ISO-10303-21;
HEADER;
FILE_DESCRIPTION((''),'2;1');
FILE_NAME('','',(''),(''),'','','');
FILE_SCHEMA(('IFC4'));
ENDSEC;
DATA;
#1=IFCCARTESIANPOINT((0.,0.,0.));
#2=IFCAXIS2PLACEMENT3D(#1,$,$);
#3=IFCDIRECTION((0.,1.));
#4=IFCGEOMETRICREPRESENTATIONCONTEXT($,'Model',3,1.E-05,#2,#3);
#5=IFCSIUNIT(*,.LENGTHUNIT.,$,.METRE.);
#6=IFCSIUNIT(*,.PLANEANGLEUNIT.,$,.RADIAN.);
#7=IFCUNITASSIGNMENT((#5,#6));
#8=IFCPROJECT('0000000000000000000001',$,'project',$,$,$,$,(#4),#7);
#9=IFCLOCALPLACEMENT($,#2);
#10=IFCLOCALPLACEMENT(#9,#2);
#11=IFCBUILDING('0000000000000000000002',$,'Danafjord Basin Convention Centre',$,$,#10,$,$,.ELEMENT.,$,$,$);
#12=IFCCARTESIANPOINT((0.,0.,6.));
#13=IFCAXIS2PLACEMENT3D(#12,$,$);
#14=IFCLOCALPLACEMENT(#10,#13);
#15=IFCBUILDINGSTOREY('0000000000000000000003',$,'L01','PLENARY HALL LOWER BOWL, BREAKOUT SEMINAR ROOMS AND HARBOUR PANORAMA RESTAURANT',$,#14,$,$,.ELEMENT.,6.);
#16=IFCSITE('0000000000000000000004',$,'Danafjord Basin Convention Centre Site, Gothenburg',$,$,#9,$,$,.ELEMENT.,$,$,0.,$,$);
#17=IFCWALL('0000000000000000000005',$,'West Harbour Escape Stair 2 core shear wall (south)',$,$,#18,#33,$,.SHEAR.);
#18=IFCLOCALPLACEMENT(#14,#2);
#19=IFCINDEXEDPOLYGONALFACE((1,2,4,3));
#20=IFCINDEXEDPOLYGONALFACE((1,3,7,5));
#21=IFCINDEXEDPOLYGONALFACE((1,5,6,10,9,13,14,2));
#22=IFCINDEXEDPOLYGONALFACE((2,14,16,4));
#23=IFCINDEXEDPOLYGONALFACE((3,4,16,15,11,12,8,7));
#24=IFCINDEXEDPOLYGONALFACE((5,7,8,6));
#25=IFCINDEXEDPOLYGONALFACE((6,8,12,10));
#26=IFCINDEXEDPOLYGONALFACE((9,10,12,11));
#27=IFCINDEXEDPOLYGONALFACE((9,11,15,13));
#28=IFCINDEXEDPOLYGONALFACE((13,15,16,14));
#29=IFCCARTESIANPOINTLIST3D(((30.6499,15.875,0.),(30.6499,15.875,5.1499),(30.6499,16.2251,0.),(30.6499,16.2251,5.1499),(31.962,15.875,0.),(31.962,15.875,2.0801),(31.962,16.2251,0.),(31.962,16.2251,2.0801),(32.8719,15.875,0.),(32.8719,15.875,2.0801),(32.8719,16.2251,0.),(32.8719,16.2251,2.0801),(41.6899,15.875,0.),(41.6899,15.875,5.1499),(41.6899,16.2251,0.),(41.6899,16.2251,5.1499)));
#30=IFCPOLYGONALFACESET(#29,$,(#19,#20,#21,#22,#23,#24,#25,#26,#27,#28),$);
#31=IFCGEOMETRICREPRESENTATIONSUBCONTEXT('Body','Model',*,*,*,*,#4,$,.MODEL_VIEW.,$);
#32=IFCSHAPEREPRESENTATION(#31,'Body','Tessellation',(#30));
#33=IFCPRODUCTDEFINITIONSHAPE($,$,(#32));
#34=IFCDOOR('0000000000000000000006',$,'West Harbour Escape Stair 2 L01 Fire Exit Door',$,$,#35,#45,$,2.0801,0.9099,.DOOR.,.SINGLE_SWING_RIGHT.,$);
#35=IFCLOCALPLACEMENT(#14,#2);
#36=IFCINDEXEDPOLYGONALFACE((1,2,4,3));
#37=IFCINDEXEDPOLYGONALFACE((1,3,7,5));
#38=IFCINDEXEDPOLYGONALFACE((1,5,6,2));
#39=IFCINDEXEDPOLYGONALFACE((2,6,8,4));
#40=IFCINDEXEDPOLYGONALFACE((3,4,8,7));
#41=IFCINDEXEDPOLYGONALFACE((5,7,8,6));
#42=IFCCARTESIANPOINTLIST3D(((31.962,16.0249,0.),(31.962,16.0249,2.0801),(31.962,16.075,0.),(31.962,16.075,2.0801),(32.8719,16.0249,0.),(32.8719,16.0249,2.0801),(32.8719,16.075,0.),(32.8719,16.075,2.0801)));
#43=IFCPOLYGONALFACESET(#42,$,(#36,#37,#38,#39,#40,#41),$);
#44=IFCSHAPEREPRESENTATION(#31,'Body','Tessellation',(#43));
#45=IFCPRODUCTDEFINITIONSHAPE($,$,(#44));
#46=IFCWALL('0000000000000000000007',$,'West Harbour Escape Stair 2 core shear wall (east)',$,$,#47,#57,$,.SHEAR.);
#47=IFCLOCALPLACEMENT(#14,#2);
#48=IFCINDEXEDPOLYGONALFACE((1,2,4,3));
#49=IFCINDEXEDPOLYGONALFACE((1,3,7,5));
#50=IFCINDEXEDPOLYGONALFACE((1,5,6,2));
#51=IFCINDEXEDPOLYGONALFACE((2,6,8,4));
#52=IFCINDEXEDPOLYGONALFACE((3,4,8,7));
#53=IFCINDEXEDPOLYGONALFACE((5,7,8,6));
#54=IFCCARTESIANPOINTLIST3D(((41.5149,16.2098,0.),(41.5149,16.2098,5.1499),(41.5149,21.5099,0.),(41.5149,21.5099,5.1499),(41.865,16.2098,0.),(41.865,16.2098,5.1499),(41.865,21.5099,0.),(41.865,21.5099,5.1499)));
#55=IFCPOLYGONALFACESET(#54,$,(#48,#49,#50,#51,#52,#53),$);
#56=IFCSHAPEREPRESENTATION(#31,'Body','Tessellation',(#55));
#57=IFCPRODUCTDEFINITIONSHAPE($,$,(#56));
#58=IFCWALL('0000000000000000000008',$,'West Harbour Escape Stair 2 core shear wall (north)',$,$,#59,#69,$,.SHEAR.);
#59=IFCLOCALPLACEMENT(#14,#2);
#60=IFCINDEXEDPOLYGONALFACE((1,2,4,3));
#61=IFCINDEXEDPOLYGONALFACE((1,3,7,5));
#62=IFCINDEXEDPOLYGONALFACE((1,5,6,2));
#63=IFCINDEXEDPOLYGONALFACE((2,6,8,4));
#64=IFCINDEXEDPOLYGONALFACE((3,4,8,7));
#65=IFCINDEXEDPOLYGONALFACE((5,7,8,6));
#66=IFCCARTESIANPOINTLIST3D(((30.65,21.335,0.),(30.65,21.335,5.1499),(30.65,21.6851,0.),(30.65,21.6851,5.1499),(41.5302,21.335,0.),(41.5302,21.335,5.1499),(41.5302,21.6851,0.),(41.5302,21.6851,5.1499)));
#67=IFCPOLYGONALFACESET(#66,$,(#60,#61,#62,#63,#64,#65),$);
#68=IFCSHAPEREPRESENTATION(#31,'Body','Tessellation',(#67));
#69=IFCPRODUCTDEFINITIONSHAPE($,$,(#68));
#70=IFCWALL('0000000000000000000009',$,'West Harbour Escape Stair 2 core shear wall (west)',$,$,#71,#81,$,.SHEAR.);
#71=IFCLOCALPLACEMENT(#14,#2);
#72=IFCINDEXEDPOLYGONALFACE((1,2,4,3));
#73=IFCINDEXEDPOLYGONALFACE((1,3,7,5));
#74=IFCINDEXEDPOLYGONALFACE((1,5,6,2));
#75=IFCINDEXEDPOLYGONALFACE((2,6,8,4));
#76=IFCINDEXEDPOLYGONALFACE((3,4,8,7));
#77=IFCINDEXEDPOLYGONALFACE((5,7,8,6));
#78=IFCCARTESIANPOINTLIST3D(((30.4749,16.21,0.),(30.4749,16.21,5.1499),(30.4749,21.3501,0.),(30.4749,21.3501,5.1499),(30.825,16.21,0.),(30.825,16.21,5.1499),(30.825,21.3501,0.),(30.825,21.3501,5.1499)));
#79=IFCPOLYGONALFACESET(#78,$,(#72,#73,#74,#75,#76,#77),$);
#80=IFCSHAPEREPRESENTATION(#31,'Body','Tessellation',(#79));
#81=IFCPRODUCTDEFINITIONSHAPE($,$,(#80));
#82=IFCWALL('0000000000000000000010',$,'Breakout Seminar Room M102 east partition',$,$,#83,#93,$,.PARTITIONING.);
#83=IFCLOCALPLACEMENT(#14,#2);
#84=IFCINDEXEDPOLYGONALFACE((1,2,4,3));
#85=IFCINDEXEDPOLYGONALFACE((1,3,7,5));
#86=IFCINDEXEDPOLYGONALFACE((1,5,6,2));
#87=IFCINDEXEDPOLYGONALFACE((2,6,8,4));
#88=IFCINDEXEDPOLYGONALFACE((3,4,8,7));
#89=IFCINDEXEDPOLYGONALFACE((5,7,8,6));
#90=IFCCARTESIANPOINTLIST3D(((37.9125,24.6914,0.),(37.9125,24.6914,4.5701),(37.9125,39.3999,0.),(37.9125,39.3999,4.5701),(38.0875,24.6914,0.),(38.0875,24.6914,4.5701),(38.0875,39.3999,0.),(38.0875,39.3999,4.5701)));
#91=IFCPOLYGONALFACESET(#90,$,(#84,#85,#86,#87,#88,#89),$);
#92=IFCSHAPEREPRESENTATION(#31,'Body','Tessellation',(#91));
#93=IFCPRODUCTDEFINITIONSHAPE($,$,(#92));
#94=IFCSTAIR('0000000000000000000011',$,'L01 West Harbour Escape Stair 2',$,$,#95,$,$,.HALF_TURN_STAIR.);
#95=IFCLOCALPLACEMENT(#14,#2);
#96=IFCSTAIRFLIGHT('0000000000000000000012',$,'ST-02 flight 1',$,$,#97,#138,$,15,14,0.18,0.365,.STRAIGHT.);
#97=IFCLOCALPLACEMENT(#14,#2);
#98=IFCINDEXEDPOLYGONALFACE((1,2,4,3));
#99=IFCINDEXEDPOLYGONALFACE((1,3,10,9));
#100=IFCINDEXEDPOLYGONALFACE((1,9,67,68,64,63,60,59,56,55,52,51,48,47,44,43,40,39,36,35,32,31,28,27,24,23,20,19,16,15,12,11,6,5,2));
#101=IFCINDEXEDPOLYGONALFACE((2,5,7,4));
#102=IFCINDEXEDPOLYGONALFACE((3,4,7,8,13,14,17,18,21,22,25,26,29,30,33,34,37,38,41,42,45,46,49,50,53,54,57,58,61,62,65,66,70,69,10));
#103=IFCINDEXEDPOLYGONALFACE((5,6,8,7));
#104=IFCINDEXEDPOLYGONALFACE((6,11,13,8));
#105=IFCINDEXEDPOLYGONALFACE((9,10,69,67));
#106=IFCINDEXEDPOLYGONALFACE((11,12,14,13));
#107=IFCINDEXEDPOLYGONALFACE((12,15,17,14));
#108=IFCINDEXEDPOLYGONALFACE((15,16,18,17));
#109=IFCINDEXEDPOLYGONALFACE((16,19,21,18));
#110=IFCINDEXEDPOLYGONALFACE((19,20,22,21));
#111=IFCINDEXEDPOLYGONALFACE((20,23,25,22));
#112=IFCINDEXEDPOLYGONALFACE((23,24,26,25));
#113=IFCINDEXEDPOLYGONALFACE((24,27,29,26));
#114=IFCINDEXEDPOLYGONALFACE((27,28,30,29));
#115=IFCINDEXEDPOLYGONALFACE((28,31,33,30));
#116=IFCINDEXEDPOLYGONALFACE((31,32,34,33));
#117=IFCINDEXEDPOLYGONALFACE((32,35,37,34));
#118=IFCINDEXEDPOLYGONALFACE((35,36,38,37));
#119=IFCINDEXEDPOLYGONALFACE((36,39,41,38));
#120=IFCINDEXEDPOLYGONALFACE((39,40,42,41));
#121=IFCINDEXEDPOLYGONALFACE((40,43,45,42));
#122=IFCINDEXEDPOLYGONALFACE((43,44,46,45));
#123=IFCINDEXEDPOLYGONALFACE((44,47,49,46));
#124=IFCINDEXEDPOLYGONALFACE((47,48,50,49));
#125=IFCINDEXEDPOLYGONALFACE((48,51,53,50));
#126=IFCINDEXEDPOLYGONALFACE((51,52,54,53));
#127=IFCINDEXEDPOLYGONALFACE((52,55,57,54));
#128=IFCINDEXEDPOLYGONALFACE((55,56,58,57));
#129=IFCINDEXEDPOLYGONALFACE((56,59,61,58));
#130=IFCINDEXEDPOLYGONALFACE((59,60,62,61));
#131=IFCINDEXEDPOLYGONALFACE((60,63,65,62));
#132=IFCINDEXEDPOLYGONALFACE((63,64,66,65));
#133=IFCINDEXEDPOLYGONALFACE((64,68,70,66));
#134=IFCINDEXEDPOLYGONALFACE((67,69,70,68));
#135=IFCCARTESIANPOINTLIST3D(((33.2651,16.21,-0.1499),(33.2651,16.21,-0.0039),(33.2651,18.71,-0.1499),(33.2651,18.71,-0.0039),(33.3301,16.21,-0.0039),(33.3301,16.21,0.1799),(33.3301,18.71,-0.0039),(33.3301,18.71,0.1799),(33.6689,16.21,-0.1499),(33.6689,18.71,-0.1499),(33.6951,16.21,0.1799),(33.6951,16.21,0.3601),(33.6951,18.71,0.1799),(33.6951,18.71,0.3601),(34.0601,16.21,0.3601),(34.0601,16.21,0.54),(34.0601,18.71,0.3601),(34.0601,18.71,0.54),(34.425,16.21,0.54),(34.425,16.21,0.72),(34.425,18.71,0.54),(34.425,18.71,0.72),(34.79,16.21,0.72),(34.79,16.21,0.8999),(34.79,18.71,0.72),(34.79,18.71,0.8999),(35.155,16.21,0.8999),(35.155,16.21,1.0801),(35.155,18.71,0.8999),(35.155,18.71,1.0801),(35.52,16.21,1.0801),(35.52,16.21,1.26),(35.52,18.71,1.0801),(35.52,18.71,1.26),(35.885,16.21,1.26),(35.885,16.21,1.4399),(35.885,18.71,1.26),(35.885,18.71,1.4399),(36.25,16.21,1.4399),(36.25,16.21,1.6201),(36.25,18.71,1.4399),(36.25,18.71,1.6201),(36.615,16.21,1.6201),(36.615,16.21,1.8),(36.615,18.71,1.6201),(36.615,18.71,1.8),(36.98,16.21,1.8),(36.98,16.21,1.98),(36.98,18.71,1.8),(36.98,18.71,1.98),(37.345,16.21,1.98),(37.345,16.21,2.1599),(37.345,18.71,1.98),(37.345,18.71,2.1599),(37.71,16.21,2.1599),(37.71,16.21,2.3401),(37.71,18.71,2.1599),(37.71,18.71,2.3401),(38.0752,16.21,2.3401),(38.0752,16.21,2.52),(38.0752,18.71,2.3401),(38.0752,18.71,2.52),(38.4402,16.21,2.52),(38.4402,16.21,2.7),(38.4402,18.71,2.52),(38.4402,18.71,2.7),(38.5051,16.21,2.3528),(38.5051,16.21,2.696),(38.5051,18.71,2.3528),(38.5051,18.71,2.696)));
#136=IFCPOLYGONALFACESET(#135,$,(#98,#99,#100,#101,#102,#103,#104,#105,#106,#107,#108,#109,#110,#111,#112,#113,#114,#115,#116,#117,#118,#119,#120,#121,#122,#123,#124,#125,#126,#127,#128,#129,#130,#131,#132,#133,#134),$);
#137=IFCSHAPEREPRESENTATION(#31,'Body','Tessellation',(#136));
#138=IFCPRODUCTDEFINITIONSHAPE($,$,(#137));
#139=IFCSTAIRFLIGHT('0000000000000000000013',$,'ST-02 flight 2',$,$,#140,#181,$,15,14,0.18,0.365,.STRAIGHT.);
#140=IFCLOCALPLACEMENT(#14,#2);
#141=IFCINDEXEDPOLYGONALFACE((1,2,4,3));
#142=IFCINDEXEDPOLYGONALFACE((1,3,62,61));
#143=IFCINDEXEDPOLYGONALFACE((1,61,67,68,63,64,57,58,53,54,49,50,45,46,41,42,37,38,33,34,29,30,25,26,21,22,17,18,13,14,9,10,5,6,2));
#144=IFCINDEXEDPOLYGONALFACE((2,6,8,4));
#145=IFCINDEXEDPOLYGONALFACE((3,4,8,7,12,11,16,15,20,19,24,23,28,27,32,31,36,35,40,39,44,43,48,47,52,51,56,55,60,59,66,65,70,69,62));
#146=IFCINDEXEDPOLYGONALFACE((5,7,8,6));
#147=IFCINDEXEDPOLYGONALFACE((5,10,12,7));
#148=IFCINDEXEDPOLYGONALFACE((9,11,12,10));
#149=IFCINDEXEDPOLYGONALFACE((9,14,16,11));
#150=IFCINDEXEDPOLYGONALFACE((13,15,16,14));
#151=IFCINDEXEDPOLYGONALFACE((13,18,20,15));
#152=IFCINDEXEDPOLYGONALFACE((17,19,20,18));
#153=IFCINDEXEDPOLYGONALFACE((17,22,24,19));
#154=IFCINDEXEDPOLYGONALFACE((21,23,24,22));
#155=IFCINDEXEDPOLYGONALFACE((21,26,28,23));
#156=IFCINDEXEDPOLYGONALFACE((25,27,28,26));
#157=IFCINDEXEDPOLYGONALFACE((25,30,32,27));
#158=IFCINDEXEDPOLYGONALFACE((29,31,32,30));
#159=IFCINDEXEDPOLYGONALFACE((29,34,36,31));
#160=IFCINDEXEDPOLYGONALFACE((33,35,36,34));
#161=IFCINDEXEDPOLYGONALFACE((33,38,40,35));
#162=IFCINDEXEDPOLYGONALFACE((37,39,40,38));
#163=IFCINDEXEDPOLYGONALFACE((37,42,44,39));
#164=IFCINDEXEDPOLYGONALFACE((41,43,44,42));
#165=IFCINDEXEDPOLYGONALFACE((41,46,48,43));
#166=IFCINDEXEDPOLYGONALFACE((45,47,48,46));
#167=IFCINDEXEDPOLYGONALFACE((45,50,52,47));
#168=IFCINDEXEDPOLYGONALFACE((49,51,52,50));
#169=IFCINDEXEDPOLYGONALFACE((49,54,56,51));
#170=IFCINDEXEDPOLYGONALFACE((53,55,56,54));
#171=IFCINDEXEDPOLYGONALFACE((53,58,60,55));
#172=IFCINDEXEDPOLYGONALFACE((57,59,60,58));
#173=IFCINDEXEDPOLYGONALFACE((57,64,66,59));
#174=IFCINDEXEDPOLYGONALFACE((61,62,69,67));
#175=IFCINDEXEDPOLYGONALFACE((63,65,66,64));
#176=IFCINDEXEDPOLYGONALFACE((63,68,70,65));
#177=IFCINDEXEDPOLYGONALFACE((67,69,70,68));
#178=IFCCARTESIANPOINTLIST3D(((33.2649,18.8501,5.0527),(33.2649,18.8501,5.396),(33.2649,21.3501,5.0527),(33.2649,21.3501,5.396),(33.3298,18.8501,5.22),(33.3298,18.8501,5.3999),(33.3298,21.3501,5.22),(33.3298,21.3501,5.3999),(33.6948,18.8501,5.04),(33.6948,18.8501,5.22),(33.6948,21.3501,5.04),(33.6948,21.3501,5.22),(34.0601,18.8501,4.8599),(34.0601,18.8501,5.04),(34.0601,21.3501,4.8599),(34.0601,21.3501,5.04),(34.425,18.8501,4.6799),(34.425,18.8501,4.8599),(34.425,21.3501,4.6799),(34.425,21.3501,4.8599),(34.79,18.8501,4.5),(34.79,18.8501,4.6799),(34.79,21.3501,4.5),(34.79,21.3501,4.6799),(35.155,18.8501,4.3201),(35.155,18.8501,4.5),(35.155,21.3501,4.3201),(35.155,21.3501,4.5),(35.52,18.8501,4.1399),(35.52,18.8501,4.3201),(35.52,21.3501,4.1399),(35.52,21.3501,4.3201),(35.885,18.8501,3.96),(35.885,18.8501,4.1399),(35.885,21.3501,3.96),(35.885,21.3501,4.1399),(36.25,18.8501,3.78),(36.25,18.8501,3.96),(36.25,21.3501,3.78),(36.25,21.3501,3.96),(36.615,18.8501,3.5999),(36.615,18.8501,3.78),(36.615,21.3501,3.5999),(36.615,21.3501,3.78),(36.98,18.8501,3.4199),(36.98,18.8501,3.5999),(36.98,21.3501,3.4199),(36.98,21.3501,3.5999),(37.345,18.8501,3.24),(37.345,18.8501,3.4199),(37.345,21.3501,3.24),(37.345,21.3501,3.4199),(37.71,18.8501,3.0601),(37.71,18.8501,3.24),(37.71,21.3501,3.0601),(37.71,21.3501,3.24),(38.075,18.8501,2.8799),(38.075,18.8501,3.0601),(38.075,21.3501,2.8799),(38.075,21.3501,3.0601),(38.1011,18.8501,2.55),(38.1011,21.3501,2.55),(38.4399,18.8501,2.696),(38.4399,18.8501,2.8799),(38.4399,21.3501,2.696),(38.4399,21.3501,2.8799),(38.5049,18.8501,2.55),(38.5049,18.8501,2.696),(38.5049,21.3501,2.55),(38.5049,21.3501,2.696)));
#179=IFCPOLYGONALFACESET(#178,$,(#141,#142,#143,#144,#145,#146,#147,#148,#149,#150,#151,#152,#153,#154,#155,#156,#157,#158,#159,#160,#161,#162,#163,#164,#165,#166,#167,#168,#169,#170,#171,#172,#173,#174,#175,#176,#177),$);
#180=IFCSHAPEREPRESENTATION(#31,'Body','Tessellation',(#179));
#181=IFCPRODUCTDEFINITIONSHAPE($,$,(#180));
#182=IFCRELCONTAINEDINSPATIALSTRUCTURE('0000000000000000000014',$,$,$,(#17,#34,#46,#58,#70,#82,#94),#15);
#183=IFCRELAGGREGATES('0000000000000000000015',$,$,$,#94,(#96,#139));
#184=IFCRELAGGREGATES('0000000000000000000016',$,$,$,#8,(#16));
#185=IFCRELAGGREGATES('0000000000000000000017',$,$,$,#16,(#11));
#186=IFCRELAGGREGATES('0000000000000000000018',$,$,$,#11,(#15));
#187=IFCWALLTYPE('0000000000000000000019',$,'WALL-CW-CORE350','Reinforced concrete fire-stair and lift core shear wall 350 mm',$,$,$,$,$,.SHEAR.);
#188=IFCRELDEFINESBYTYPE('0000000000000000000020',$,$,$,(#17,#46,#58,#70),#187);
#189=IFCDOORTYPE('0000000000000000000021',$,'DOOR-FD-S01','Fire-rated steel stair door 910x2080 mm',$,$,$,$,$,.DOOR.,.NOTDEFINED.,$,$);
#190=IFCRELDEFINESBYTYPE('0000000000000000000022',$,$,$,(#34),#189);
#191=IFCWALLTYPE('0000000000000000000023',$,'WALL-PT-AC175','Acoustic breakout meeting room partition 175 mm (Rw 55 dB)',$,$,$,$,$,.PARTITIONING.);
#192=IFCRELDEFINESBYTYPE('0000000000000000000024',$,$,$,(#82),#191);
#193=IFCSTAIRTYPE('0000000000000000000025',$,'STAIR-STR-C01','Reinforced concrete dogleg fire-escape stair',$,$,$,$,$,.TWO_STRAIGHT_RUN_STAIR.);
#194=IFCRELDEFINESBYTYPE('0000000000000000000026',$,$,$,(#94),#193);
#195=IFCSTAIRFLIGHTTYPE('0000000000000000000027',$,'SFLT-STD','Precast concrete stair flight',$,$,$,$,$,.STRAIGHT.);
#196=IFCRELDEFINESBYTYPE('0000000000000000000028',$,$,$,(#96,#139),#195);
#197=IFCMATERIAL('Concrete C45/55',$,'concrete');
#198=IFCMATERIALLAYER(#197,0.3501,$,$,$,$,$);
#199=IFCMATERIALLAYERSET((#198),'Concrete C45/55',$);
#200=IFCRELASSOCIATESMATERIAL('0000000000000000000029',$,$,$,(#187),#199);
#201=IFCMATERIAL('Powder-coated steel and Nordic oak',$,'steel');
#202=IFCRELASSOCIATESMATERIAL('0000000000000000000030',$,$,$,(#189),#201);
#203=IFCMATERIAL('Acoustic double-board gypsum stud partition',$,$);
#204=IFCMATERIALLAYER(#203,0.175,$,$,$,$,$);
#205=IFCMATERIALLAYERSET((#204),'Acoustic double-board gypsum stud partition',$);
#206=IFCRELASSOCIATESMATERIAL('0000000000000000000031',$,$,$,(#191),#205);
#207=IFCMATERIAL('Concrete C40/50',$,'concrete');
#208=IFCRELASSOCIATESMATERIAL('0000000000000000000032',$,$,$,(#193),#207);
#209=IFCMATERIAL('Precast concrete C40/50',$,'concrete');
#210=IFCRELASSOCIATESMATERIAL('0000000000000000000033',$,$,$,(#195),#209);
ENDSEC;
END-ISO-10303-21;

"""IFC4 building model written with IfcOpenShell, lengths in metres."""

from ifc_helpers import new_model, si_unit, direction, frame, frame_2d, origin, place, context, subcontext, project, spatial, polyline, rectangle, outline, extrude, material, layer, layer_set, type_object, element, fill, aggregate, save


model = new_model("IFC4")

# Units and contexts
model_context = context("Model", 3, precision=1e-05, world=origin(), true_north=direction((0.0, 1.0)))
body_context = subcontext(model_context, "Body", "Model", "MODEL_VIEW")
ifc_project = project(units=[si_unit("LENGTHUNIT", "METRE"), si_unit("PLANEANGLEUNIT", "RADIAN")], contexts=[model_context])

# Site, building, storey
site_placement = place(None, origin())
site = spatial("IfcSite", under=ifc_project, at=site_placement, Name="Danafjord Basin Convention Centre Site, Gothenburg", CompositionType="ELEMENT", RefElevation=0.0)
building_placement = place(site_placement, origin())
building = spatial("IfcBuilding", under=site, at=building_placement, Name="Danafjord Basin Convention Centre", CompositionType="ELEMENT")
storey_placement = place(building_placement, frame((0.0, 0.0, 6.0)))
storey = spatial("IfcBuildingStorey", under=building, at=storey_placement, Name="L01", Description="PLENARY HALL LOWER BOWL, BREAKOUT SEMINAR ROOMS AND HARBOUR PANORAMA RESTAURANT", CompositionType="ELEMENT", Elevation=6.0)

# Shared definitions
ifc_material_1 = material(Name="Concrete C45/55", Category="concrete")
ifc_layer_1 = layer(ifc_material_1, 0.3501)
ifc_layer_set_1 = layer_set([ifc_layer_1], Name="Concrete C45/55")
wall_type_1 = type_object("IfcWallType", Name="WALL-CW-CORE350", Description="Reinforced concrete fire-stair and lift core shear wall 350 mm", PredefinedType="SHEAR", material=ifc_layer_set_1)

# Wall, opening, door
wall_1_placement = place(storey_placement, frame((30.6499, 16.05, 0.0), z_axis=(0.0, 0.0, 1.0), x_axis=(1.0, 0.0, 0.0)))
wall_1 = element("IfcWall", 1, at=wall_1_placement, inside=storey, type_object=wall_type_1, Name="West Harbour Escape Stair 2 core shear wall (south)", PredefinedType="SHEAR", context=body_context, shape_type="SweptSolid", body=[
    extrude(rectangle(XDim=11.04, YDim=0.3501, at=frame_2d((5.52, 0.0))), origin(), (0.0, 0.0, 1.0), 5.1499),
])
opening_placement = place(wall_1_placement, frame((1.312, 0.0, 0.0)))
opening = element("IfcOpeningElement", 2, at=opening_placement, cuts=wall_1, PredefinedType="OPENING", context=body_context, shape_type="SweptSolid", body=[
    extrude(rectangle(XDim=0.9099, YDim=2.0801, at=frame_2d((0.4551, 1.04))), frame((0.0, 0.1851, 0.0), z_axis=(0.0, -1.0, 0.0), x_axis=(1.0, 0.0, 0.0)), (0.0, 0.0, 1.0), 0.3701),
])
ifc_material_2 = material(Name="Powder-coated steel and Nordic oak", Category="steel")
door_type = type_object("IfcDoorType", Name="DOOR-FD-S01", Description="Fire-rated steel stair door 910x2080 mm", OperationType="NOTDEFINED", PredefinedType="DOOR", material=ifc_material_2)
door_placement = place(opening_placement, origin())
door = element("IfcDoor", 3, at=door_placement, inside=storey, type_object=door_type, Name="West Harbour Escape Stair 2 L01 Fire Exit Door", OperationType="SINGLE_SWING_RIGHT", OverallHeight=2.0801, OverallWidth=0.9099, PredefinedType="DOOR", context=body_context, shape_type="SweptSolid", body=[
    extrude(rectangle(XDim=0.9099, YDim=2.0801, at=frame_2d((0.4551, 1.04))), frame((0.0, 0.0249, 0.0), z_axis=(0.0, -1.0, 0.0), x_axis=(1.0, 0.0, 0.0)), (0.0, 0.0, 1.0), 0.05),
])
fill(opening, door)

# Walls
wall_2_placement = place(storey_placement, frame((41.6899, 16.21, 0.0), z_axis=(0.0, 0.0, 1.0), x_axis=(0.0, 1.0, 0.0)))
element("IfcWall", 4, at=wall_2_placement, inside=storey, type_object=wall_type_1, Name="West Harbour Escape Stair 2 core shear wall (east)", PredefinedType="SHEAR", context=body_context, shape_type="SweptSolid", body=[
    extrude(rectangle(XDim=5.3, YDim=0.3501, at=frame_2d((2.6499, 0.0))), origin(), (0.0, 0.0, 1.0), 5.1499),
])
wall_3_placement = place(storey_placement, frame((41.53, 21.51, 0.0), z_axis=(0.0, 0.0, 1.0), x_axis=(-1.0, 0.0, 0.0)))
element("IfcWall", 5, at=wall_3_placement, inside=storey, type_object=wall_type_1, Name="West Harbour Escape Stair 2 core shear wall (north)", PredefinedType="SHEAR", context=body_context, shape_type="SweptSolid", body=[
    extrude(rectangle(XDim=10.8801, YDim=0.3501, at=frame_2d((5.4399, 0.0))), origin(), (0.0, 0.0, 1.0), 5.1499),
])
wall_4_placement = place(storey_placement, frame((30.6499, 21.3501, 0.0), z_axis=(0.0, 0.0, 1.0), x_axis=(0.0, -1.0, 0.0)))
element("IfcWall", 6, at=wall_4_placement, inside=storey, type_object=wall_type_1, Name="West Harbour Escape Stair 2 core shear wall (west)", PredefinedType="SHEAR", context=body_context, shape_type="SweptSolid", body=[
    extrude(rectangle(XDim=5.1401, YDim=0.3501, at=frame_2d((2.5701, 0.0))), origin(), (0.0, 0.0, 1.0), 5.1499),
])
ifc_material_3 = material(Name="Acoustic double-board gypsum stud partition")
ifc_layer_2 = layer(ifc_material_3, 0.175)
ifc_layer_set_2 = layer_set([ifc_layer_2], Name="Acoustic double-board gypsum stud partition")
wall_type_2 = type_object("IfcWallType", Name="WALL-PT-AC175", Description="Acoustic breakout meeting room partition 175 mm (Rw 55 dB)", PredefinedType="PARTITIONING", material=ifc_layer_set_2)
wall_5_placement = place(storey_placement, frame((38.0, 24.6914, 0.0), z_axis=(0.0, 0.0, 1.0), x_axis=(0.0, 1.0, 0.0)))
element("IfcWall", 7, at=wall_5_placement, inside=storey, type_object=wall_type_2, Name="Breakout Seminar Room M102 east partition", PredefinedType="PARTITIONING", context=body_context, shape_type="SweptSolid", body=[
    extrude(rectangle(XDim=14.7085, YDim=0.175, at=frame_2d((7.3542, 0.0))), origin(), (0.0, 0.0, 1.0), 4.5701),
])

# Stair, stair flights
ifc_material_4 = material(Name="Concrete C40/50", Category="concrete")
stair_type = type_object("IfcStairType", Name="STAIR-STR-C01", Description="Reinforced concrete dogleg fire-escape stair", PredefinedType="TWO_STRAIGHT_RUN_STAIR", material=ifc_material_4)
stair_placement = place(storey_placement, origin())
stair = element("IfcStair", 8, at=stair_placement, inside=storey, type_object=stair_type, Name="L01 West Harbour Escape Stair 2", PredefinedType="HALF_TURN_STAIR")
ifc_material_5 = material(Name="Precast concrete C40/50", Category="concrete")
stair_flight_type = type_object("IfcStairFlightType", Name="SFLT-STD", Description="Precast concrete stair flight", PredefinedType="STRAIGHT", material=ifc_material_5)
stair_flight_1_placement = place(storey_placement, frame((33.3301, 17.46, 0.0), z_axis=(0.0, 0.0, 1.0), x_axis=(1.0, 0.0, 0.0)))
stair_flight_1 = element("IfcStairFlight", 9, at=stair_flight_1_placement, type_object=stair_flight_type, Name="ST-02 flight 1", NumberOfRisers=15, NumberOfTreads=14, PredefinedType="STRAIGHT", RiserHeight=0.18, TreadLength=0.365, context=body_context, shape_type="SweptSolid", body=[
    extrude(outline(polyline([(-0.0649, -0.1499), (-0.0649, -0.0039), (0.0, -0.0039), (0.0, 0.1799), (0.365, 0.1799), (0.365, 0.3601), (0.73, 0.3601), (0.73, 0.54), (1.095, 0.54), (1.095, 0.72), (1.46, 0.72), (1.46, 0.8999), (1.825, 0.8999), (1.825, 1.0801), (2.1899, 1.0801), (2.1899, 1.26), (2.5549, 1.26), (2.5549, 1.4399), (2.9199, 1.4399), (2.9199, 1.6201), (3.2849, 1.6201), (3.2849, 1.8), (3.6499, 1.8), (3.6499, 1.98), (4.0149, 1.98), (4.0149, 2.1599), (4.3799, 2.1599), (4.3799, 2.3401), (4.7451, 2.3401), (4.7451, 2.52), (5.1101, 2.52), (5.1101, 2.7), (5.175, 2.696), (5.175, 2.3528), (0.3389, -0.1499), (-0.0649, -0.1499)])), frame((0.0, 1.25, 0.0), z_axis=(0.0, -1.0, 0.0), x_axis=(1.0, 0.0, 0.0)), (0.0, 0.0, 1.0), 2.5),
])
stair_flight_2_placement = place(storey_placement, frame((38.4399, 20.1001, 2.7), z_axis=(0.0, 0.0, 1.0), x_axis=(-1.0, 0.0, 0.0)))
stair_flight_2 = element("IfcStairFlight", 10, at=stair_flight_2_placement, type_object=stair_flight_type, Name="ST-02 flight 2", NumberOfRisers=15, NumberOfTreads=14, PredefinedType="STRAIGHT", RiserHeight=0.18, TreadLength=0.365, context=body_context, shape_type="SweptSolid", body=[
    extrude(outline(polyline([(-0.0649, -0.1499), (-0.0649, -0.0039), (0.0, -0.0039), (0.0, 0.1799), (0.365, 0.1799), (0.365, 0.3601), (0.73, 0.3601), (0.73, 0.54), (1.095, 0.54), (1.095, 0.72), (1.46, 0.72), (1.46, 0.8999), (1.825, 0.8999), (1.825, 1.0801), (2.1899, 1.0801), (2.1899, 1.26), (2.5549, 1.26), (2.5549, 1.4399), (2.9199, 1.4399), (2.9199, 1.6201), (3.2849, 1.6201), (3.2849, 1.8), (3.6499, 1.8), (3.6499, 1.98), (4.0149, 1.98), (4.0149, 2.1599), (4.3799, 2.1599), (4.3799, 2.3401), (4.7451, 2.3401), (4.7451, 2.52), (5.1101, 2.52), (5.1101, 2.7), (5.175, 2.696), (5.175, 2.3528), (0.3389, -0.1499), (-0.0649, -0.1499)])), frame((0.0, 1.25, 0.0), z_axis=(0.0, -1.0, 0.0), x_axis=(1.0, 0.0, 0.0)), (0.0, 0.0, 1.0), 2.5),
])
aggregate(stair, [stair_flight_1, stair_flight_2])

save(model, "model.ifc")
